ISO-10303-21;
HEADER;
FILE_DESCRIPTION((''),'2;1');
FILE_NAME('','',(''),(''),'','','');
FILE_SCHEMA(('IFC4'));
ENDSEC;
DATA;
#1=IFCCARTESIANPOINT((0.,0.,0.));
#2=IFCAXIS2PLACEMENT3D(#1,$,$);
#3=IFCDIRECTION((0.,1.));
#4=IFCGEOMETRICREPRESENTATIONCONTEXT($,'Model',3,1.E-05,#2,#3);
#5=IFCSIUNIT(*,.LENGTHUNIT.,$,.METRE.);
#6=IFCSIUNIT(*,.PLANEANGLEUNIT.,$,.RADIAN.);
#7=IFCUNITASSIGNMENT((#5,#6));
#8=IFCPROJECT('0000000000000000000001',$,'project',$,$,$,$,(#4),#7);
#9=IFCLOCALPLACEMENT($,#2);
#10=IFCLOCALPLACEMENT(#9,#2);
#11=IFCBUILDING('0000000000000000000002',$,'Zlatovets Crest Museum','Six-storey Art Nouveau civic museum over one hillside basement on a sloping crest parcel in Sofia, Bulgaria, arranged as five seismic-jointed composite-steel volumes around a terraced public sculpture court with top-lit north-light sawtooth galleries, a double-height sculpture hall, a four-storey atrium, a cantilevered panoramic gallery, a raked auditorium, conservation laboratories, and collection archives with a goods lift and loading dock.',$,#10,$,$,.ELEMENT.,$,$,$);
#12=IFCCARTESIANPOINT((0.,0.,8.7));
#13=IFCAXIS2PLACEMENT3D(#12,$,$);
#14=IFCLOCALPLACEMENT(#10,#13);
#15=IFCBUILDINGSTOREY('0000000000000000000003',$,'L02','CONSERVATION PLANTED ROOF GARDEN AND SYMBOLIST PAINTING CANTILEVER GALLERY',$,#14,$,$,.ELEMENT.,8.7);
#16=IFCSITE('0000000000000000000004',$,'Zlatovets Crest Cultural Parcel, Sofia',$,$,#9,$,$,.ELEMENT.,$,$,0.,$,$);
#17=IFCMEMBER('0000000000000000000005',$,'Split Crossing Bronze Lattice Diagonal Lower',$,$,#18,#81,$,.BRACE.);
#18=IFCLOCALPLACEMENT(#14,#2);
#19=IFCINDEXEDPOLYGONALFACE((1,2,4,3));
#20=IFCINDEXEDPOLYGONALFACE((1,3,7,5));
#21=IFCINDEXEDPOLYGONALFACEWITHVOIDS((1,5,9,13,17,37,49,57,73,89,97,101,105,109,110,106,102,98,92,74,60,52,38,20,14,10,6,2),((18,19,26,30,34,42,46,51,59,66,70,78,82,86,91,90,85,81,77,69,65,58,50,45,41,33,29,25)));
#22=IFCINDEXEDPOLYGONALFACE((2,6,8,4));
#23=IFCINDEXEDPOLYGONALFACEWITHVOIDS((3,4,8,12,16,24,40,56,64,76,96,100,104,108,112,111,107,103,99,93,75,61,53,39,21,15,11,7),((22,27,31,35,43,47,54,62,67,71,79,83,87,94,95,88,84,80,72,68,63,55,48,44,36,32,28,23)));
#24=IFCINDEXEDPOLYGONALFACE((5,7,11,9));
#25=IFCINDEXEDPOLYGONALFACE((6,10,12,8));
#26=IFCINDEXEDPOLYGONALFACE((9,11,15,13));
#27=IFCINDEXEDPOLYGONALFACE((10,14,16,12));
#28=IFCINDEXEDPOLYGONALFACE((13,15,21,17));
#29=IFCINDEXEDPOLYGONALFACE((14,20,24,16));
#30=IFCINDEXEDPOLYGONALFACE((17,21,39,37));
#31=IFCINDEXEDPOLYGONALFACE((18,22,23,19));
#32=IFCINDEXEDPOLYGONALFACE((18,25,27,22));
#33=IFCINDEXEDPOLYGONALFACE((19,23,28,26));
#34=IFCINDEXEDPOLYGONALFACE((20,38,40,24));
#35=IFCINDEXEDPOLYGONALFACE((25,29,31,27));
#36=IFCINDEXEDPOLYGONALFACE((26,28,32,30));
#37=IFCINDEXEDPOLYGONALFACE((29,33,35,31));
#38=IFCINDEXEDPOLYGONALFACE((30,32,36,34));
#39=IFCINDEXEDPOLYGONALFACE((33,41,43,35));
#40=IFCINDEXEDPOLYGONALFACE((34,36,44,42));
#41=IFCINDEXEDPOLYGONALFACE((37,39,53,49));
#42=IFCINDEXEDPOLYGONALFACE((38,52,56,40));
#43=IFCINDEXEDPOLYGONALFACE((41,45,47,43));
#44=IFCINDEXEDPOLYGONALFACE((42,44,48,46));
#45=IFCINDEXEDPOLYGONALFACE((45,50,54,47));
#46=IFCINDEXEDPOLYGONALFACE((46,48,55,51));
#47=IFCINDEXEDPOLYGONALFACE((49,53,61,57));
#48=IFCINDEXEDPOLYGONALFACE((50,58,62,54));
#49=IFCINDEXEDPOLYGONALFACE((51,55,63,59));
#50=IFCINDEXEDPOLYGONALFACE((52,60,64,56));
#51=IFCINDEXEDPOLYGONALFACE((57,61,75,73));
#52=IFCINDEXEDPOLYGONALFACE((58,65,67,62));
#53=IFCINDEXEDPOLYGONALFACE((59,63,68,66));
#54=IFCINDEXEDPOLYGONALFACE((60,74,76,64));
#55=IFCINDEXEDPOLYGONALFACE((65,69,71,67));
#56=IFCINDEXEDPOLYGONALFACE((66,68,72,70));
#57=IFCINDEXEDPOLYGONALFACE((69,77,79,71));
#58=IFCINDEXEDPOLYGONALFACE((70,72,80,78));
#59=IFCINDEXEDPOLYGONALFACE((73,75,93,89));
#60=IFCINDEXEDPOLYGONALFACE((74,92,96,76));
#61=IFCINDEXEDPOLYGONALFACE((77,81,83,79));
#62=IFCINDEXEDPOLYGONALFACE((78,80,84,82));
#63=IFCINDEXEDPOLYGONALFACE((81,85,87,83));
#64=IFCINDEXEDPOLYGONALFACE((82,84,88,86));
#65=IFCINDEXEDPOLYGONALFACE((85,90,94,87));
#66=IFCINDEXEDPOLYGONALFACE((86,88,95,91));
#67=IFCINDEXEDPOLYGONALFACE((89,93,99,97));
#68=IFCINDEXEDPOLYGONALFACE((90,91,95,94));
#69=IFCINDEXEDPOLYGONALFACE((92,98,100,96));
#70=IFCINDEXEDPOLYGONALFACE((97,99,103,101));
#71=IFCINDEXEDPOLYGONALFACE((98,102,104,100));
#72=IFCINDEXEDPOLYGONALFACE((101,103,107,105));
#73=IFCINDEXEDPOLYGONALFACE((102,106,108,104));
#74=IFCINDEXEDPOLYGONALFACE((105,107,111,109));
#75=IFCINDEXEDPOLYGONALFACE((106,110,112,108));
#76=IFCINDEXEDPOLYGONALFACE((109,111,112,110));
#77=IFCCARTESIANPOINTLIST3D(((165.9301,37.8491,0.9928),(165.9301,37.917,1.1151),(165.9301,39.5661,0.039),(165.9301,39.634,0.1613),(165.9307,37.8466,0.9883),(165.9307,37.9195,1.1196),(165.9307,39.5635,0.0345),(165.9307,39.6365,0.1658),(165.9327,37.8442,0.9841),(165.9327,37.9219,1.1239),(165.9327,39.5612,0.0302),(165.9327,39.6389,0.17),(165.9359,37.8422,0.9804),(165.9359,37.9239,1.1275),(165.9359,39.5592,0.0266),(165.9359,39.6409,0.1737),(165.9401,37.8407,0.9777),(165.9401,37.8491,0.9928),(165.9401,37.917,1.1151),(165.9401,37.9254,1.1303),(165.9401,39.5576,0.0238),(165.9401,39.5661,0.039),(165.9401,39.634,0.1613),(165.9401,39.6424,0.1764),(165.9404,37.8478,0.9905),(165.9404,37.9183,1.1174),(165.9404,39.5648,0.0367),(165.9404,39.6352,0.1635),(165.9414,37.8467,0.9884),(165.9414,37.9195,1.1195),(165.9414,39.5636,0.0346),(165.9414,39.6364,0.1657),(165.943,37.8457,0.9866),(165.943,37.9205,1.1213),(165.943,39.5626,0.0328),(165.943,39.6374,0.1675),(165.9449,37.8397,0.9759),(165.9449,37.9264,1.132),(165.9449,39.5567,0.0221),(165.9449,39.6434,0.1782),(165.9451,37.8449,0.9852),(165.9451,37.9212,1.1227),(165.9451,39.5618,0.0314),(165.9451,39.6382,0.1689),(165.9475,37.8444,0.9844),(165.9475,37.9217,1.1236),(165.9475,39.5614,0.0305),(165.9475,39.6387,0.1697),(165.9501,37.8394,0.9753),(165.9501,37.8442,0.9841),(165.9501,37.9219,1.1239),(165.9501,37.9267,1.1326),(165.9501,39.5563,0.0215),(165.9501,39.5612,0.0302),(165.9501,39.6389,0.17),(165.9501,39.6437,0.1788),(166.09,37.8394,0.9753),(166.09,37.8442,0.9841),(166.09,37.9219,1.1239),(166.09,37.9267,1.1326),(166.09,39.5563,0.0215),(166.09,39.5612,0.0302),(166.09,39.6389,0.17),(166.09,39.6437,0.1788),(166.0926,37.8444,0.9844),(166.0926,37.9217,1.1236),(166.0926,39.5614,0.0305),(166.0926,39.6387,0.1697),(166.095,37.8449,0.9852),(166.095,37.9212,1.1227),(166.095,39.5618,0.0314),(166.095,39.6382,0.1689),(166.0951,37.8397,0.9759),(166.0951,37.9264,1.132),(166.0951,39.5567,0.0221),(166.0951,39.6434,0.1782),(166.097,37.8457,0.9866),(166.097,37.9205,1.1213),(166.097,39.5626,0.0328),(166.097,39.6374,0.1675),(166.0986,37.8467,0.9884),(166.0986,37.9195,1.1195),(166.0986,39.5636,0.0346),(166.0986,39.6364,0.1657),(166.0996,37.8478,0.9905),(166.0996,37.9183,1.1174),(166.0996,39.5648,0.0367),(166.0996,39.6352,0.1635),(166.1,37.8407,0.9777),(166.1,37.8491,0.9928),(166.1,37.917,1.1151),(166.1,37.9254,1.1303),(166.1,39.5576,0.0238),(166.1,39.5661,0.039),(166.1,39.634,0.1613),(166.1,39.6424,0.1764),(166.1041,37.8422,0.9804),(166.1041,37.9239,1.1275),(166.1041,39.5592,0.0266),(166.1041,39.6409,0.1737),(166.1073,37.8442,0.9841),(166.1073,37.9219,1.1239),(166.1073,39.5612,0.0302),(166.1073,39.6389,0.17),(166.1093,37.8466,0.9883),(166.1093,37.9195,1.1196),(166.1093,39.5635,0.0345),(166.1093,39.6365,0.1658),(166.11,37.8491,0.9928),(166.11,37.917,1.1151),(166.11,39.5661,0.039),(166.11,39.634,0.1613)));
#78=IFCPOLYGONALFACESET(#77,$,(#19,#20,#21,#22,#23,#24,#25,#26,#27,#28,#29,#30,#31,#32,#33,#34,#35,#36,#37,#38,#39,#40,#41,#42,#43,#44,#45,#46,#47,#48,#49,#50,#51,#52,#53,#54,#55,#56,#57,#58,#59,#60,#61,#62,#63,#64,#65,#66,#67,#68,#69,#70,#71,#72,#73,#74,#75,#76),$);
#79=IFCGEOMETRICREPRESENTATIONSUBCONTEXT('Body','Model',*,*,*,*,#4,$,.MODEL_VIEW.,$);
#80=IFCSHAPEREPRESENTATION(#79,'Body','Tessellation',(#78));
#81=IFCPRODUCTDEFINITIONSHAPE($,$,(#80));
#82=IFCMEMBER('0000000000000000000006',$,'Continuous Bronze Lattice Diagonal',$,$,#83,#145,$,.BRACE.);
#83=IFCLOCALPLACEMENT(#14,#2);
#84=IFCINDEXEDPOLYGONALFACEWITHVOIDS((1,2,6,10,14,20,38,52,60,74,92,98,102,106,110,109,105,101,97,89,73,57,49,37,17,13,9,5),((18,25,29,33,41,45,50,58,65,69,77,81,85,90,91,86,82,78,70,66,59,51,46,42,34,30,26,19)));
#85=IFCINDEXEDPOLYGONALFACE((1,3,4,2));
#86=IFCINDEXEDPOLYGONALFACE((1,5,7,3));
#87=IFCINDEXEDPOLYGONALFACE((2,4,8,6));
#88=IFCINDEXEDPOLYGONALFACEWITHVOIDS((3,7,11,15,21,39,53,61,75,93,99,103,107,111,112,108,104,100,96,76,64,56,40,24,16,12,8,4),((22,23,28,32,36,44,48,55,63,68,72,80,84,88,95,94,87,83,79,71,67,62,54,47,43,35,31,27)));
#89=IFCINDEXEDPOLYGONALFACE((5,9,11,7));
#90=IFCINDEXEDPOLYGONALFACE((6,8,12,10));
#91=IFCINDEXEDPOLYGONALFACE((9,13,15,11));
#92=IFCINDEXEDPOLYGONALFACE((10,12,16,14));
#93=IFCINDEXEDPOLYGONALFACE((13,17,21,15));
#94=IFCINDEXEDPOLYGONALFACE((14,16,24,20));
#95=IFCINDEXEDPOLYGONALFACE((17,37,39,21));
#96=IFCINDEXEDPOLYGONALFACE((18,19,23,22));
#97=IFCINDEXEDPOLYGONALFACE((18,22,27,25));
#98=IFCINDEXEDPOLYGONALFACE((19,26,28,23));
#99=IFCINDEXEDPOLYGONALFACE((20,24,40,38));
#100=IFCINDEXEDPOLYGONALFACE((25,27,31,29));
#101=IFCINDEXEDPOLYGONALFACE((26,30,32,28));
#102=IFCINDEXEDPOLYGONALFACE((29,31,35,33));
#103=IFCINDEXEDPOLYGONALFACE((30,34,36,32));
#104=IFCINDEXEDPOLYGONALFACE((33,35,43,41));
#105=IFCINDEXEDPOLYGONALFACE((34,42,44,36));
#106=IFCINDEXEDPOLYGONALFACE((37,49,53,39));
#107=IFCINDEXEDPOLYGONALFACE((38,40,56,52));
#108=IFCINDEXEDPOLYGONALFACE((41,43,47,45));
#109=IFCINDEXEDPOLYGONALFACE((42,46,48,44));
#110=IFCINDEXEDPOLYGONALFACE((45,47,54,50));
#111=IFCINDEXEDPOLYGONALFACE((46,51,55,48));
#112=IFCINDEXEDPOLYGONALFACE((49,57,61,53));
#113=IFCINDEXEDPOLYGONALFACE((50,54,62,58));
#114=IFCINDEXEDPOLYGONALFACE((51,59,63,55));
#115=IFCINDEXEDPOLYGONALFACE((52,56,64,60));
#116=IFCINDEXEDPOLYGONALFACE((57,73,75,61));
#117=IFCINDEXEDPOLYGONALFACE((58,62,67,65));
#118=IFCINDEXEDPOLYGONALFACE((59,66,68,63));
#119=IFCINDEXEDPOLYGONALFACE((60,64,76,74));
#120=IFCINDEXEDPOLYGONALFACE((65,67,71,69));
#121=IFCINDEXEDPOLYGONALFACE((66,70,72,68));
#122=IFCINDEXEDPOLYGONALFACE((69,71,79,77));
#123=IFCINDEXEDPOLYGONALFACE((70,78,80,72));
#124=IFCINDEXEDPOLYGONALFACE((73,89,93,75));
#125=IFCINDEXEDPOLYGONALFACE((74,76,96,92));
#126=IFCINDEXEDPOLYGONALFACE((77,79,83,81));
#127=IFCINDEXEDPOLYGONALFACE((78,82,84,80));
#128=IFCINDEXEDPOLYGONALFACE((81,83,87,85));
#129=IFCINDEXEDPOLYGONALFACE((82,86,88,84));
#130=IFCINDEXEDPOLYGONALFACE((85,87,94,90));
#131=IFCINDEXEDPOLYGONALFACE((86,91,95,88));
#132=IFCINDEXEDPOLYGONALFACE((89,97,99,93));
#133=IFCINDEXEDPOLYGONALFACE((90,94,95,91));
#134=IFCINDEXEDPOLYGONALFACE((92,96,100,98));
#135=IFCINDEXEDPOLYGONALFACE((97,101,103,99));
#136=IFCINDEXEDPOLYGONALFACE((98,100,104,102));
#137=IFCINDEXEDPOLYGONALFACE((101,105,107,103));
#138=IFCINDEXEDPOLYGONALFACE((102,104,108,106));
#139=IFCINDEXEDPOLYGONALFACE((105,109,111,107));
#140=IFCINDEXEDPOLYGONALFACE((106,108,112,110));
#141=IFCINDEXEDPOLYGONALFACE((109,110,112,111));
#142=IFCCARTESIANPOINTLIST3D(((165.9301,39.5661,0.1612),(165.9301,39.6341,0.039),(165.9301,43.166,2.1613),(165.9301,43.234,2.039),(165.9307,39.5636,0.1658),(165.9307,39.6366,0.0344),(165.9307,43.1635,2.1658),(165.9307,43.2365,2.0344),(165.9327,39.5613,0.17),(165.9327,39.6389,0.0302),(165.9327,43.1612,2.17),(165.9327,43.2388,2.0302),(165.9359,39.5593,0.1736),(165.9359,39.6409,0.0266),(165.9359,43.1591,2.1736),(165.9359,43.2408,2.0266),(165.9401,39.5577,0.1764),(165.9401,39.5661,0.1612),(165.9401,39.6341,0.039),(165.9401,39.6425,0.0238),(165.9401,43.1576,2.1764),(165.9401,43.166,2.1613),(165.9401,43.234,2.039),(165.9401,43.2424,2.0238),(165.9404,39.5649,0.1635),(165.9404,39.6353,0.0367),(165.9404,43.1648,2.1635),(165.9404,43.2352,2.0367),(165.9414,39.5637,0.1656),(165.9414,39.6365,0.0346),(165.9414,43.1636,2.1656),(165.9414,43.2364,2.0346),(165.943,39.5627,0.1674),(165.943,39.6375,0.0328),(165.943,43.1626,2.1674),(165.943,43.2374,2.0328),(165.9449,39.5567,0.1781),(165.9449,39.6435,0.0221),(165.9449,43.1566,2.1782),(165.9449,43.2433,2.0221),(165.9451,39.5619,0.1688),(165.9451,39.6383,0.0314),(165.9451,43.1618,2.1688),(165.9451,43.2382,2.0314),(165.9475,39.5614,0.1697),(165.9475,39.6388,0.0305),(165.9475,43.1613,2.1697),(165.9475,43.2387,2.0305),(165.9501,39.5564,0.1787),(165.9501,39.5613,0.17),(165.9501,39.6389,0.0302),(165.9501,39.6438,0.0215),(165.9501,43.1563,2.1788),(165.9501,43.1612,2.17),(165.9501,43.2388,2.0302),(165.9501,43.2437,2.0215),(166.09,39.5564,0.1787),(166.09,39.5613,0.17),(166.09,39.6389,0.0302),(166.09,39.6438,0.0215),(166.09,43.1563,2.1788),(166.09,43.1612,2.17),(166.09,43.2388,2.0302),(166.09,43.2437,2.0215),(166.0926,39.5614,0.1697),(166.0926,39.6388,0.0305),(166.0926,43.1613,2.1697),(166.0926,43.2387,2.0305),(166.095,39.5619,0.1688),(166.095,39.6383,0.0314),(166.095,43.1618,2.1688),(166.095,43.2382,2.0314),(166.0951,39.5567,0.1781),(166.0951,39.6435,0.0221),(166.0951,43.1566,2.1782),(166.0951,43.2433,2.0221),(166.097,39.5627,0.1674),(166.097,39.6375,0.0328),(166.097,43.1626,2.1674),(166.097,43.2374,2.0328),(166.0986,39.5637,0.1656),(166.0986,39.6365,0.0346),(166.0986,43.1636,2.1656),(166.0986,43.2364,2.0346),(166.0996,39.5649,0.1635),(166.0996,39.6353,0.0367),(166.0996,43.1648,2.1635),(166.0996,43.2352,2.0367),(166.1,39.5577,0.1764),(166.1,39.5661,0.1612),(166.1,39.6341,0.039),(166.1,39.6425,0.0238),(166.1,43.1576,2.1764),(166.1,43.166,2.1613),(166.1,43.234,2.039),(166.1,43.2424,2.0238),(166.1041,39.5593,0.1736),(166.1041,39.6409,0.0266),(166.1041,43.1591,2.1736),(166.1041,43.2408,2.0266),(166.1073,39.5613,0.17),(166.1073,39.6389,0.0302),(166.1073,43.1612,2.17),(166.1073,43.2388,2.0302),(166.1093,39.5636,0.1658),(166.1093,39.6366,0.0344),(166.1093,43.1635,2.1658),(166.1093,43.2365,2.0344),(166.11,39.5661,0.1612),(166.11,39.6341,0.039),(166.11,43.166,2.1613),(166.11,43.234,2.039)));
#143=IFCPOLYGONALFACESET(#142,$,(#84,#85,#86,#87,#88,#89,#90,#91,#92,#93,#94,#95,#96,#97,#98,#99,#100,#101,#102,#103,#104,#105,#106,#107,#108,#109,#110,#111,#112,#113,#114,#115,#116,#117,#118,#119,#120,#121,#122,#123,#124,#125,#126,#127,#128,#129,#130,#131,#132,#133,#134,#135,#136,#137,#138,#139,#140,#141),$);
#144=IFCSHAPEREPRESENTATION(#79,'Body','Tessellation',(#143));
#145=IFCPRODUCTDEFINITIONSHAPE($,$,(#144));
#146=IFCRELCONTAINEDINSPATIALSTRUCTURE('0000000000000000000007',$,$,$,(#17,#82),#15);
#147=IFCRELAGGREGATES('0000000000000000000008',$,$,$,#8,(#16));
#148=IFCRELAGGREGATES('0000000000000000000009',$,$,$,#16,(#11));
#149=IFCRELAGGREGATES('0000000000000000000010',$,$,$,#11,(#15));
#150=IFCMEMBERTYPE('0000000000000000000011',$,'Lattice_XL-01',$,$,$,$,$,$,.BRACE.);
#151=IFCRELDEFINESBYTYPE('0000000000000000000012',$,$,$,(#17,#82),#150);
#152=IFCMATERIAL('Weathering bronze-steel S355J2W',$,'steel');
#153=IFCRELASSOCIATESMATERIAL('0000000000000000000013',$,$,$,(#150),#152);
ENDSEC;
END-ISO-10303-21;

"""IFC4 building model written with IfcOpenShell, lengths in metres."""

from ifc_helpers import new_model, si_unit, direction, frame, origin, origin_2d, place, context, subcontext, project, spatial, hollow_rectangle, extrude, material, material_profile, profile_set, type_object, element, save


model = new_model("IFC4")

# Units and contexts
model_context = context("Model", 3, precision=1e-05, world=origin(), true_north=direction((0.0, 1.0)))
body_context = subcontext(model_context, "Body", "Model", "MODEL_VIEW")
ifc_project = project(units=[si_unit("LENGTHUNIT", "METRE"), si_unit("PLANEANGLEUNIT", "RADIAN")], contexts=[model_context])

# Site, building, storey
site_placement = place(None, origin())
site = spatial("IfcSite", under=ifc_project, at=site_placement, Name="Zlatovets Crest Cultural Parcel, Sofia", CompositionType="ELEMENT", RefElevation=0.0)
building_placement = place(site_placement, origin())
building = spatial("IfcBuilding", under=site, at=building_placement, Name="Zlatovets Crest Museum", Description="Six-storey Art Nouveau civic museum over one hillside basement on a sloping crest parcel in Sofia, Bulgaria, arranged as five seismic-jointed composite-steel volumes around a terraced public sculpture court with top-lit north-light sawtooth galleries, a double-height sculpture hall, a four-storey atrium, a cantilevered panoramic gallery, a raked auditorium, conservation laboratories, and collection archives with a goods lift and loading dock.", CompositionType="ELEMENT")
storey_placement = place(building_placement, frame((0.0, 0.0, 8.7)))
storey = spatial("IfcBuildingStorey", under=building, at=storey_placement, Name="L02", Description="CONSERVATION PLANTED ROOF GARDEN AND SYMBOLIST PAINTING CANTILEVER GALLERY", CompositionType="ELEMENT", Elevation=8.7)

# Members
ifc_material_1 = material(Name="Weathering bronze-steel S355J2W", Category="steel")
ifc_material_profile_1 = material_profile(ifc_material_1, hollow_rectangle(XDim=0.1799, YDim=0.1799, WallThickness=0.01, InnerFilletRadius=0.01, OuterFilletRadius=0.02, at=origin_2d()), Name="SHS 180x180x10.0")
ifc_profile_set_1 = profile_set([ifc_material_profile_1], Name="Weathering bronze-steel S355J2W")
member_type_1 = type_object("IfcMemberType", Name="Lattice_XL-01", PredefinedType="BRACE", material=ifc_profile_set_1)
for number, where, z_axis, x_axis, name in (
    (1, (166.02, 37.8831, 1.054), (0.0, 0.874169, -0.485622), (-1.0, 0.0, 0.0), "Split Crossing Bronze Lattice Diagonal Lower"),
):
    element("IfcMember", number, at=place(storey_placement, frame(where, z_axis=z_axis, x_axis=x_axis)), inside=storey, type_object=member_type_1, Name=name, PredefinedType="BRACE", context=body_context, shape_type="SweptSolid", body=[
        extrude(hollow_rectangle(XDim=0.1799, YDim=0.1799, WallThickness=0.01, InnerFilletRadius=0.01, OuterFilletRadius=0.02, at=origin_2d()), origin(), (0.0, 0.0, 1.0), 1.9641),
    ])
member_1_placement = place(storey_placement, frame((166.02, 39.6001, 0.1001), z_axis=(0.0, 0.874149, 0.485658), x_axis=(-1.0, 0.0, 0.0)))
element("IfcMember", 2, at=member_1_placement, inside=storey, type_object=member_type_1, Name="Continuous Bronze Lattice Diagonal", PredefinedType="BRACE", context=body_context, shape_type="SweptSolid", body=[
    extrude(hollow_rectangle(XDim=0.1799, YDim=0.1799, WallThickness=0.01, InnerFilletRadius=0.01, OuterFilletRadius=0.02, at=origin_2d()), origin(), (0.0, 0.0, 1.0), 4.1182),
])

save(model, "model.ifc")
